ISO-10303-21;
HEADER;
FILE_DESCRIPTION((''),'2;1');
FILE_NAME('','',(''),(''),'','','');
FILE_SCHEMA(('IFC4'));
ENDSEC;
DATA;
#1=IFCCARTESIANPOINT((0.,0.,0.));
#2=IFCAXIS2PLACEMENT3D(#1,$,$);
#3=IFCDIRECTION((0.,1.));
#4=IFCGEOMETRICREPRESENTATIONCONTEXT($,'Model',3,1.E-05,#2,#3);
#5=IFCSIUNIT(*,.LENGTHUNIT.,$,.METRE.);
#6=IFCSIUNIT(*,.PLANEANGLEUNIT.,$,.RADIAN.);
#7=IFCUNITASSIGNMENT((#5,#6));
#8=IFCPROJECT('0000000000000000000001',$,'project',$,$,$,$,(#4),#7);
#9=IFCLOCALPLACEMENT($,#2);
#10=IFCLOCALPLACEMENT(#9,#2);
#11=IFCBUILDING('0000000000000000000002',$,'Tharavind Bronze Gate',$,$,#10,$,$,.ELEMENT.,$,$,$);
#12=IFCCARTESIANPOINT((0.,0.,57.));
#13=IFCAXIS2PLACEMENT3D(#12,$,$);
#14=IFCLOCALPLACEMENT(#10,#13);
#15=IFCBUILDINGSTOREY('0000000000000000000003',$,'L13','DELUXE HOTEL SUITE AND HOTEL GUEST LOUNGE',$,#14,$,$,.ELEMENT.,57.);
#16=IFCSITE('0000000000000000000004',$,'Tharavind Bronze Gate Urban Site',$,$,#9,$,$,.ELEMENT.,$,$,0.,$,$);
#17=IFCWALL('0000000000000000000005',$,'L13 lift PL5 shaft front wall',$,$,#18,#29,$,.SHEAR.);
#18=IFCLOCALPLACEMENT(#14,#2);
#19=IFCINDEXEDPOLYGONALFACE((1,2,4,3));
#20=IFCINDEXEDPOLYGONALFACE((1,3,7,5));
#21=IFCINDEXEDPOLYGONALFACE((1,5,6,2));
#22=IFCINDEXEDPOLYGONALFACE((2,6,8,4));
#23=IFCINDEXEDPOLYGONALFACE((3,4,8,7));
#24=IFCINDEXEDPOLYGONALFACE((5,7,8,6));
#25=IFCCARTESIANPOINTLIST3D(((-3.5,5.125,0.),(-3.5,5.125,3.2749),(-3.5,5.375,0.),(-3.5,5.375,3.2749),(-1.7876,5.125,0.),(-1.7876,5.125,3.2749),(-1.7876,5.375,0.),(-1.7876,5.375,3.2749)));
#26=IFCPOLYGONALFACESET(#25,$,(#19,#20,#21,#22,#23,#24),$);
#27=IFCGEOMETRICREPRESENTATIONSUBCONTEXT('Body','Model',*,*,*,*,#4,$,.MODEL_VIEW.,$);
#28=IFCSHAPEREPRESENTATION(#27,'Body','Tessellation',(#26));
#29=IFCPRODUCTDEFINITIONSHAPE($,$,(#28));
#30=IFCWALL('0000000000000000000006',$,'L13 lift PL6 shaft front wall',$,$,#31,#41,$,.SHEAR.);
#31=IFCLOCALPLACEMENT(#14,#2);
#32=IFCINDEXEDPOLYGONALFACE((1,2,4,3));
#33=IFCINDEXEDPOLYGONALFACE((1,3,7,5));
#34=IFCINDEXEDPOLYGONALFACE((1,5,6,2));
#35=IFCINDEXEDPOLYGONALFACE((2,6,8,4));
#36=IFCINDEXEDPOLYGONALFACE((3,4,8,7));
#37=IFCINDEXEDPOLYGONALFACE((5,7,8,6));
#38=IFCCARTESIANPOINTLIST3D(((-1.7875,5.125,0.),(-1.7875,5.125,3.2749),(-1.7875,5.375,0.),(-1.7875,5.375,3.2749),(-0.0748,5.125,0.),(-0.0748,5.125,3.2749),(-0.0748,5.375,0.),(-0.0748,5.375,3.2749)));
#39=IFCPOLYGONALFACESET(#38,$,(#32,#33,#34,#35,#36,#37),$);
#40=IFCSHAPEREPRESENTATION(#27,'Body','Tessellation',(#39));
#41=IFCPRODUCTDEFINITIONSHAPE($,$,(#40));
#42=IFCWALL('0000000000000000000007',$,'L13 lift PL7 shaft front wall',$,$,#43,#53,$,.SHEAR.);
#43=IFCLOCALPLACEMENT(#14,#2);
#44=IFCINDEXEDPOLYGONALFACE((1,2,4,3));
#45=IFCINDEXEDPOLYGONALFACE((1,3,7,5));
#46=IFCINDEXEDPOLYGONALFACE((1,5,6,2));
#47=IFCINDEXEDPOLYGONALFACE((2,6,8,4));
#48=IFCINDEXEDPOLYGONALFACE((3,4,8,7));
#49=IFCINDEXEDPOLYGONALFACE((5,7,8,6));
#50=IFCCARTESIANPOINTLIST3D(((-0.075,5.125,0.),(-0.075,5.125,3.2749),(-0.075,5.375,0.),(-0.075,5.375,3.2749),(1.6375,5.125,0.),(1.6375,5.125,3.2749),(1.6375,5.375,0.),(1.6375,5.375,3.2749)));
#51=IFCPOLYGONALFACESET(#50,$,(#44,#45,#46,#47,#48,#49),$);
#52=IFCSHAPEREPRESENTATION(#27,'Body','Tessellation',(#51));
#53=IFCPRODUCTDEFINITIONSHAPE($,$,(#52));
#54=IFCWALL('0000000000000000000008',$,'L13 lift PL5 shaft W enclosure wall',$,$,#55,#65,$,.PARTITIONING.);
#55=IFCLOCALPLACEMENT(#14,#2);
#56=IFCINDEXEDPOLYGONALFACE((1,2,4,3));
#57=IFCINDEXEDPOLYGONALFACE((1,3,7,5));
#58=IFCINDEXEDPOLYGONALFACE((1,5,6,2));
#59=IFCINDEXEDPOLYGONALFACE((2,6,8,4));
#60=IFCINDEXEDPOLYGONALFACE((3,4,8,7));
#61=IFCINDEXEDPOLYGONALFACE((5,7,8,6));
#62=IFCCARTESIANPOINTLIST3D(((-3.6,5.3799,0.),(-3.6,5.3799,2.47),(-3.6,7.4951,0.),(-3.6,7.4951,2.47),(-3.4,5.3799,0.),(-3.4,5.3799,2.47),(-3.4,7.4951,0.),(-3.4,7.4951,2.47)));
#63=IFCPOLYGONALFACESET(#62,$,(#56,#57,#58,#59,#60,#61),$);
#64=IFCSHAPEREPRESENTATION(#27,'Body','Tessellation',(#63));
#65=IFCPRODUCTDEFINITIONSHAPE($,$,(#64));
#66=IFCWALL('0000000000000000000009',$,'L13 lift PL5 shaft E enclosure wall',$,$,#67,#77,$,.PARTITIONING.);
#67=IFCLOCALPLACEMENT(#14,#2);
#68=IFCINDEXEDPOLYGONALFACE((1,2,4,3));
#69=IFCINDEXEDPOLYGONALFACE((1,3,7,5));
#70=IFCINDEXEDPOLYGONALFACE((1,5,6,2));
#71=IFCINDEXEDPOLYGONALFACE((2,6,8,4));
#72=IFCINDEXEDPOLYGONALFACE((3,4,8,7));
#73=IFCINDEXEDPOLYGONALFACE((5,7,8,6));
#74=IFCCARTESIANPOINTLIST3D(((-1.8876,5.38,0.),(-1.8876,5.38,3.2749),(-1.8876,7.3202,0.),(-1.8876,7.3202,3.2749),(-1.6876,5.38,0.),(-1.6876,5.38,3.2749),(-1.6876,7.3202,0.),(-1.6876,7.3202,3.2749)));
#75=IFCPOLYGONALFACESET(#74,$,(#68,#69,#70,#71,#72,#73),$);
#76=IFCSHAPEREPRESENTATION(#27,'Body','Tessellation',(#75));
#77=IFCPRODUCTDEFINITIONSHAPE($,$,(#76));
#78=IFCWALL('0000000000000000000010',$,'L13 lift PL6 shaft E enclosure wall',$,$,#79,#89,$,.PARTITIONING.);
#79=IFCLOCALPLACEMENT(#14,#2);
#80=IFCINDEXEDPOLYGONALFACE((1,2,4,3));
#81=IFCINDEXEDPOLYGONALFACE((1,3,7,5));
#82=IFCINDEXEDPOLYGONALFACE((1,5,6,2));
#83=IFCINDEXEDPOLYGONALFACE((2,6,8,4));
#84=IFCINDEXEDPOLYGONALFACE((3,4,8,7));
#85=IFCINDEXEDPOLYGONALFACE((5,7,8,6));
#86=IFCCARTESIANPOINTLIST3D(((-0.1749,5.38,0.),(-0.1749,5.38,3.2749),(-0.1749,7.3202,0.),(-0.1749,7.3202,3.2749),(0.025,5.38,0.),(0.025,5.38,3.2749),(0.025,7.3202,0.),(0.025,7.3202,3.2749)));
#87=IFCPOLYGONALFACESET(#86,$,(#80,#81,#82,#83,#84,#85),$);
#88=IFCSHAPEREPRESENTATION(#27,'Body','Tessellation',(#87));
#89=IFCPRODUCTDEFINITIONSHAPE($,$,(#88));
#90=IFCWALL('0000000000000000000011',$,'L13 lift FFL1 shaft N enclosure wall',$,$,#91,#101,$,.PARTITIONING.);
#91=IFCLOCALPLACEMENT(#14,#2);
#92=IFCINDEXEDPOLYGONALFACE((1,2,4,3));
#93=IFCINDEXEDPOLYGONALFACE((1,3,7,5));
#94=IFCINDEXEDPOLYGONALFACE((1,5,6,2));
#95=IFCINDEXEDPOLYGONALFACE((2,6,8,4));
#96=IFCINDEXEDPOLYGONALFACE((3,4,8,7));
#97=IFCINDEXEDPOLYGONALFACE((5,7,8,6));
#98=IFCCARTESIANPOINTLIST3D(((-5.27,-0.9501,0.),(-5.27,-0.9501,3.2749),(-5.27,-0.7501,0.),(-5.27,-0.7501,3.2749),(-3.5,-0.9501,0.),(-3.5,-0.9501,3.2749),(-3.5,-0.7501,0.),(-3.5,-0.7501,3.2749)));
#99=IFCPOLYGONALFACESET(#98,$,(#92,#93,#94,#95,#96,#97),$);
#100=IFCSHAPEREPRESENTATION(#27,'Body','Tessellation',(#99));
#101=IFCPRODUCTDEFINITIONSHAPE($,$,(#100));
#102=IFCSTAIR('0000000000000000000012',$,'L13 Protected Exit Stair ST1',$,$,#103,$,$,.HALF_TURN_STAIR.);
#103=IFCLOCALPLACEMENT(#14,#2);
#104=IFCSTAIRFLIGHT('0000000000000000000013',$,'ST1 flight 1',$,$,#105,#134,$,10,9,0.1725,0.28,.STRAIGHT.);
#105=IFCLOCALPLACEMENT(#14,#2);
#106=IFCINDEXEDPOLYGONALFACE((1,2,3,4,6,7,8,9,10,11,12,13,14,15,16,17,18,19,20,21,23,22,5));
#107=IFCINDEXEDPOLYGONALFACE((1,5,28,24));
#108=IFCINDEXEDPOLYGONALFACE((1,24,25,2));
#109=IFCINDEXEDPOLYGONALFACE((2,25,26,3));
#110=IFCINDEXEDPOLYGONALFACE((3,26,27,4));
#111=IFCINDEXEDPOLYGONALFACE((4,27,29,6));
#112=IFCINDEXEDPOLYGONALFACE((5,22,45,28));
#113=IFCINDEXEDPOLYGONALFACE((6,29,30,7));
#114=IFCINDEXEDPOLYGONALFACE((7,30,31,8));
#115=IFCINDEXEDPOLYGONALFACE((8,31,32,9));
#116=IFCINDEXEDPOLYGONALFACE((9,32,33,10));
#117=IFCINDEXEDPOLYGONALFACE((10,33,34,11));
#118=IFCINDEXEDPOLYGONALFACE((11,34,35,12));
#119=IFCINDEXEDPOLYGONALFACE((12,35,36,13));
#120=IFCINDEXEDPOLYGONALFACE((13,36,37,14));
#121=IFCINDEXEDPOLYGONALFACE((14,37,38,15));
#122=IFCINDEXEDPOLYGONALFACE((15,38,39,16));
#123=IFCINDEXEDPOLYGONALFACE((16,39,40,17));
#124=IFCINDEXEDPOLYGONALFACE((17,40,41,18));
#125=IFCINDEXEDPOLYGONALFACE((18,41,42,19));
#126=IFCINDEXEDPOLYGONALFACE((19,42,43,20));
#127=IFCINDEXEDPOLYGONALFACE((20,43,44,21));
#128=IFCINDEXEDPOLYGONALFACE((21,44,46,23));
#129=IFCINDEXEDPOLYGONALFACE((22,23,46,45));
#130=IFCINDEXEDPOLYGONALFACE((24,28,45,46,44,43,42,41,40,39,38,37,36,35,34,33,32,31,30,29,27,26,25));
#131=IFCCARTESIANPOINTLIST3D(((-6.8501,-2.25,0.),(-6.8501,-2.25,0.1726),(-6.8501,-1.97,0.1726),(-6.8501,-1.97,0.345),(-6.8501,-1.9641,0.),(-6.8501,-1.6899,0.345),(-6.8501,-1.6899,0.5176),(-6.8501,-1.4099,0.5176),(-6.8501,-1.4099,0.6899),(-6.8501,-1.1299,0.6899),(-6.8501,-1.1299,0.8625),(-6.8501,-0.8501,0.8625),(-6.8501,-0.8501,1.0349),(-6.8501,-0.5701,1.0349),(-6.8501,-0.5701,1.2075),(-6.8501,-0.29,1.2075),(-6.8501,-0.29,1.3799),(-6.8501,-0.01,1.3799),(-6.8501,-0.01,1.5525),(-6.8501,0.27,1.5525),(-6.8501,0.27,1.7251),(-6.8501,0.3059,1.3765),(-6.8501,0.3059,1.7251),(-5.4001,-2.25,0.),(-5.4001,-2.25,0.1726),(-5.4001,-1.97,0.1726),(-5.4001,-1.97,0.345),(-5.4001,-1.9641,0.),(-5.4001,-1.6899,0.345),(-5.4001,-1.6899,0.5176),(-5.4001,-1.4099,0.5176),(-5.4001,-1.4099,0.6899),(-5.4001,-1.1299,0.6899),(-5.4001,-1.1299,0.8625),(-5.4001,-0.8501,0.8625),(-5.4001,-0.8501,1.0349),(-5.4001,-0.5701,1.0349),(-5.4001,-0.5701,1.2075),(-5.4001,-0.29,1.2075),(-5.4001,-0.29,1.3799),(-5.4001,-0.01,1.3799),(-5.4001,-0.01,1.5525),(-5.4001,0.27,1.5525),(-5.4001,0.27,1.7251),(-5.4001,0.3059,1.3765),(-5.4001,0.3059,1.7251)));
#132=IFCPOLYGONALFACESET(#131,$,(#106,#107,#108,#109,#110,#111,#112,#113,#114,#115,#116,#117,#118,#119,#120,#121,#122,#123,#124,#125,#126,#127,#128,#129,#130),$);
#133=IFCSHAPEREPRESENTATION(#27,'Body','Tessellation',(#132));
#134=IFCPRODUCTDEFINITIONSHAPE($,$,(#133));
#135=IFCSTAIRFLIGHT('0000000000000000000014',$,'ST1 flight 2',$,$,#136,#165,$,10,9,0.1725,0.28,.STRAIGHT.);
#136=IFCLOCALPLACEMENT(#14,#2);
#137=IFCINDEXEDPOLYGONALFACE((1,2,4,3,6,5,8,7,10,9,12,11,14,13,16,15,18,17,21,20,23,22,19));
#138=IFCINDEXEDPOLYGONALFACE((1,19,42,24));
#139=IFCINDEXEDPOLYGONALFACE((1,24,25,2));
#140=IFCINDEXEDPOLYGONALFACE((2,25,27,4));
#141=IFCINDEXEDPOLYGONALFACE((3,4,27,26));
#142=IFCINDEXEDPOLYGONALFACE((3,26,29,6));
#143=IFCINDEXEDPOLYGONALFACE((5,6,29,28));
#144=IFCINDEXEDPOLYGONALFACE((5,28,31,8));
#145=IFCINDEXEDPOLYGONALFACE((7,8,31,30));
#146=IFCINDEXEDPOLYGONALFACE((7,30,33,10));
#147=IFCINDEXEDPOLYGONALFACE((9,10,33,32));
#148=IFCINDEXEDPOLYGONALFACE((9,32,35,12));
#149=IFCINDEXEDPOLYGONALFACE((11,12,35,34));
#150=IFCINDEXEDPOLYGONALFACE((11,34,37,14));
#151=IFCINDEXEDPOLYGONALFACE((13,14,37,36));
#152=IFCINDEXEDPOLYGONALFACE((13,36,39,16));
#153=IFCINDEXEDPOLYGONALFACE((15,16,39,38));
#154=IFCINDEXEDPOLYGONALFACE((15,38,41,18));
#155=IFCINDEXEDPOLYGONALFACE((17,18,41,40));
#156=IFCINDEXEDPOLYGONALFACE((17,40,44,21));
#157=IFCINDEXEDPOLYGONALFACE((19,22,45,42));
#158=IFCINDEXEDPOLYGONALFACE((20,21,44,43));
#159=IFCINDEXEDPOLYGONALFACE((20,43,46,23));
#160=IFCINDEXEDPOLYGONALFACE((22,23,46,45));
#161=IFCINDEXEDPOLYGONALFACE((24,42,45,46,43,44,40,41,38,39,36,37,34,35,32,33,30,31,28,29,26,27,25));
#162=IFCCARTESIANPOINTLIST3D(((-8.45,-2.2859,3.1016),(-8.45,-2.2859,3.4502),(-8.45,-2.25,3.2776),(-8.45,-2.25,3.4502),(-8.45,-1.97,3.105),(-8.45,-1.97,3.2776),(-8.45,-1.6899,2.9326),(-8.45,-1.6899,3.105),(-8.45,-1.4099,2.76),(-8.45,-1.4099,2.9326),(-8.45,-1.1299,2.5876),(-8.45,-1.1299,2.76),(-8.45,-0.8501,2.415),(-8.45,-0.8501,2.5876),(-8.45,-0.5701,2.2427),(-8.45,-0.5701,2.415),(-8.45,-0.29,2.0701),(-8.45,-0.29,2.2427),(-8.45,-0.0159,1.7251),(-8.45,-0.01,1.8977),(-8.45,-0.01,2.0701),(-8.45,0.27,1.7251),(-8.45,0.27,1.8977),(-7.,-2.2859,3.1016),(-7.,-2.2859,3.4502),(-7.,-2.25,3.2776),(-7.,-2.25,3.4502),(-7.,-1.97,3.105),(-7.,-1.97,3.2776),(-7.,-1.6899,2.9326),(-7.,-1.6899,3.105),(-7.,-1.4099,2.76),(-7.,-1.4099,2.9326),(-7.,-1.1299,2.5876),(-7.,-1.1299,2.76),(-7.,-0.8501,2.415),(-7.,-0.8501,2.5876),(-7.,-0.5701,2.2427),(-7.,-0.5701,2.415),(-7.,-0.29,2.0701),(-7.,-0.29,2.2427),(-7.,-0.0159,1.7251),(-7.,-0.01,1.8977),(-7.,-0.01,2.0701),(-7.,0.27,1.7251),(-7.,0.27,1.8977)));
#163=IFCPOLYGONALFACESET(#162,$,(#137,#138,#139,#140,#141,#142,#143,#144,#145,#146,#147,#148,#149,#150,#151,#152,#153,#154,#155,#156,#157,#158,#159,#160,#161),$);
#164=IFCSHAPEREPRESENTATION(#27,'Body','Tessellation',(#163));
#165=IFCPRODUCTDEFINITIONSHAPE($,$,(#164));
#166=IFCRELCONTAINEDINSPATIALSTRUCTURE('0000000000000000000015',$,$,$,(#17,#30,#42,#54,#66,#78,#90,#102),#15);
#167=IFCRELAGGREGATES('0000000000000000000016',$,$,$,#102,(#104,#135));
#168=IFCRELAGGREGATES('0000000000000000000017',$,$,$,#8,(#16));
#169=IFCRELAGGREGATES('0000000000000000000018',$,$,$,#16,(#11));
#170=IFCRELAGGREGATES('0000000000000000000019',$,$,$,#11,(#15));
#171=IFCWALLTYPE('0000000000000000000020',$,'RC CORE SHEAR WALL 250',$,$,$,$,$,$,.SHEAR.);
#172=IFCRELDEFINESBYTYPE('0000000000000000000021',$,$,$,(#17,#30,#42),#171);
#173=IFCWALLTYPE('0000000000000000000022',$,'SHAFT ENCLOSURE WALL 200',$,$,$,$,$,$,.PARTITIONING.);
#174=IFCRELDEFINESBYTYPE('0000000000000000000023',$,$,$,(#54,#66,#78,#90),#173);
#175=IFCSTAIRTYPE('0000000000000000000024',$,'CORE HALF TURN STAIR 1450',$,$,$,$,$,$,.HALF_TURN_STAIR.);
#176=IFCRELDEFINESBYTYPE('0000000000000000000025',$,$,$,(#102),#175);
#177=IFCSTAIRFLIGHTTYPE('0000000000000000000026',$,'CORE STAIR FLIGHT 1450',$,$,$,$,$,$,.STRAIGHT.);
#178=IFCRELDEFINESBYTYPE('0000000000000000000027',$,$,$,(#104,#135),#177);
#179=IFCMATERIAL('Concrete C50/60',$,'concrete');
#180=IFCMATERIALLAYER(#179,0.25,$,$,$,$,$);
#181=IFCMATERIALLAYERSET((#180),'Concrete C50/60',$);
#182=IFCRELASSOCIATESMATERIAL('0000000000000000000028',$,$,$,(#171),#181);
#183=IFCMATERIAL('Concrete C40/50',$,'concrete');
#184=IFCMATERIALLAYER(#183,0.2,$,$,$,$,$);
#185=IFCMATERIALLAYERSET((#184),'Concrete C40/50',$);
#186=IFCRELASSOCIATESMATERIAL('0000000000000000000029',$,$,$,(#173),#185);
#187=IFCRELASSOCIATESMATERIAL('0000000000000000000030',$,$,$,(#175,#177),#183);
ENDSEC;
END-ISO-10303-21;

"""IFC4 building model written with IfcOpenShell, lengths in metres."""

from ifc_helpers import new_model, si_unit, direction, frame, frame_2d, origin, place, context, subcontext, project, spatial, polyline, rectangle, outline, extrude, material, layer, layer_set, type_object, element, aggregate, save


model = new_model("IFC4")

# Units and contexts
model_context = context("Model", 3, precision=1e-05, world=origin(), true_north=direction((0.0, 1.0)))
body_context = subcontext(model_context, "Body", "Model", "MODEL_VIEW")
ifc_project = project(units=[si_unit("LENGTHUNIT", "METRE"), si_unit("PLANEANGLEUNIT", "RADIAN")], contexts=[model_context])

# Site, building, storey
site_placement = place(None, origin())
site = spatial("IfcSite", under=ifc_project, at=site_placement, Name="Tharavind Bronze Gate Urban Site", CompositionType="ELEMENT", RefElevation=0.0)
building_placement = place(site_placement, origin())
building = spatial("IfcBuilding", under=site, at=building_placement, Name="Tharavind Bronze Gate", CompositionType="ELEMENT")
storey_placement = place(building_placement, frame((0.0, 0.0, 57.0)))
storey = spatial("IfcBuildingStorey", under=building, at=storey_placement, Name="L13", Description="DELUXE HOTEL SUITE AND HOTEL GUEST LOUNGE", CompositionType="ELEMENT", Elevation=57.0)

# Walls
ifc_material_1 = material(Name="Concrete C50/60", Category="concrete")
ifc_layer_1 = layer(ifc_material_1, 0.25)
ifc_layer_set_1 = layer_set([ifc_layer_1], Name="Concrete C50/60")
wall_type_1 = type_object("IfcWallType", Name="RC CORE SHEAR WALL 250", PredefinedType="SHEAR", material=ifc_layer_set_1)
wall_1_placement = place(storey_placement, frame((-3.5, 5.25, 0.0), z_axis=(0.0, 0.0, 1.0), x_axis=(1.0, 0.0, 0.0)))
element("IfcWall", 1, at=wall_1_placement, inside=storey, type_object=wall_type_1, Name="L13 lift PL5 shaft front wall", PredefinedType="SHEAR", context=body_context, shape_type="SweptSolid", body=[
    extrude(rectangle(XDim=1.7124, YDim=0.25, at=frame_2d((0.8562, 0.0))), origin(), (0.0, 0.0, 1.0), 3.2749),
])
wall_2_placement = place(storey_placement, frame((-1.7876, 5.25, 0.0), z_axis=(0.0, 0.0, 1.0), x_axis=(1.0, 0.0, 0.0)))
element("IfcWall", 2, at=wall_2_placement, inside=storey, type_object=wall_type_1, Name="L13 lift PL6 shaft front wall", PredefinedType="SHEAR", context=body_context, shape_type="SweptSolid", body=[
    extrude(rectangle(XDim=1.7126, YDim=0.25, at=frame_2d((0.8564, 0.0))), origin(), (0.0, 0.0, 1.0), 3.2749),
])
wall_3_placement = place(storey_placement, frame((-0.075, 5.25, 0.0), z_axis=(0.0, 0.0, 1.0), x_axis=(1.0, 0.0, 0.0)))
element("IfcWall", 3, at=wall_3_placement, inside=storey, type_object=wall_type_1, Name="L13 lift PL7 shaft front wall", PredefinedType="SHEAR", context=body_context, shape_type="SweptSolid", body=[
    extrude(rectangle(XDim=1.7124, YDim=0.25, at=frame_2d((0.8562, 0.0))), origin(), (0.0, 0.0, 1.0), 3.2749),
])
ifc_material_2 = material(Name="Concrete C40/50", Category="concrete")
ifc_layer_2 = layer(ifc_material_2, 0.2)
ifc_layer_set_2 = layer_set([ifc_layer_2], Name="Concrete C40/50")
wall_type_2 = type_object("IfcWallType", Name="SHAFT ENCLOSURE WALL 200", PredefinedType="PARTITIONING", material=ifc_layer_set_2)
wall_4_placement = place(storey_placement, frame((-3.5, 5.3799, 0.0), z_axis=(0.0, 0.0, 1.0), x_axis=(0.0, 1.0, 0.0)))
element("IfcWall", 4, at=wall_4_placement, inside=storey, type_object=wall_type_2, Name="L13 lift PL5 shaft W enclosure wall", PredefinedType="PARTITIONING", context=body_context, shape_type="SweptSolid", body=[
    extrude(rectangle(XDim=2.1152, YDim=0.2, at=frame_2d((1.0576, 0.0))), origin(), (0.0, 0.0, 1.0), 2.47),
])
for number, where, z_axis, x_axis, name in (
    (5, (-1.7876, 5.3799, 0.0), (0.0, 0.0, 1.0), (0.0, 1.0, 0.0), "L13 lift PL5 shaft E enclosure wall"),
    (6, (-0.075, 5.3799, 0.0), (0.0, 0.0, 1.0), (0.0, 1.0, 0.0), "L13 lift PL6 shaft E enclosure wall"),
):
    element("IfcWall", number, at=place(storey_placement, frame(where, z_axis=z_axis, x_axis=x_axis)), inside=storey, type_object=wall_type_2, Name=name, PredefinedType="PARTITIONING", context=body_context, shape_type="SweptSolid", body=[
        extrude(rectangle(XDim=1.9402, YDim=0.2, at=frame_2d((0.9702, 0.0))), origin(), (0.0, 0.0, 1.0), 3.2749),
    ])
wall_5_placement = place(storey_placement, frame((-5.27, -0.8501, 0.0), z_axis=(0.0, 0.0, 1.0), x_axis=(1.0, 0.0, 0.0)))
element("IfcWall", 7, at=wall_5_placement, inside=storey, type_object=wall_type_2, Name="L13 lift FFL1 shaft N enclosure wall", PredefinedType="PARTITIONING", context=body_context, shape_type="SweptSolid", body=[
    extrude(rectangle(XDim=1.77, YDim=0.2, at=frame_2d((0.885, 0.0))), origin(), (0.0, 0.0, 1.0), 3.2749),
])

# Stair, stair flights
stair_type = type_object("IfcStairType", Name="CORE HALF TURN STAIR 1450", PredefinedType="HALF_TURN_STAIR", material=ifc_material_2)
stair_placement = place(storey_placement, origin())
stair = element("IfcStair", 8, at=stair_placement, inside=storey, type_object=stair_type, Name="L13 Protected Exit Stair ST1", PredefinedType="HALF_TURN_STAIR")
stair_flight_type = type_object("IfcStairFlightType", Name="CORE STAIR FLIGHT 1450", PredefinedType="STRAIGHT", material=ifc_material_2)
stair_flight_1_placement = place(storey_placement, frame((-6.125, -2.25, 0.0), z_axis=(0.0, 0.0, 1.0), x_axis=(0.0, 1.0, 0.0)))
stair_flight_1 = element("IfcStairFlight", 9, at=stair_flight_1_placement, type_object=stair_flight_type, Name="ST1 flight 1", NumberOfRisers=10, NumberOfTreads=9, PredefinedType="STRAIGHT", RiserHeight=0.1725, TreadLength=0.28, context=body_context, shape_type="SweptSolid", body=[
    extrude(outline(polyline([(0.0, 0.0), (0.0, 0.1726), (0.28, 0.1726), (0.28, 0.345), (0.5601, 0.345), (0.5601, 0.5176), (0.8401, 0.5176), (0.8401, 0.6899), (1.1201, 0.6899), (1.1201, 0.8625), (1.3999, 0.8625), (1.3999, 1.0349), (1.6799, 1.0349), (1.6799, 1.2075), (1.96, 1.2075), (1.96, 1.3799), (2.24, 1.3799), (2.24, 1.5525), (2.52, 1.5525), (2.52, 1.7251), (2.5559, 1.7251), (2.5559, 1.3765), (0.2859, 0.0), (0.0, 0.0)])), frame((0.0, 0.7251, 0.0), z_axis=(0.0, -1.0, 0.0), x_axis=(1.0, 0.0, 0.0)), (0.0, 0.0, 1.0), 1.45),
])
stair_flight_2_placement = place(storey_placement, frame((-7.7251, 0.27, 1.7251), z_axis=(0.0, 0.0, 1.0), x_axis=(0.0, -1.0, 0.0)))
stair_flight_2 = element("IfcStairFlight", 10, at=stair_flight_2_placement, type_object=stair_flight_type, Name="ST1 flight 2", NumberOfRisers=10, NumberOfTreads=9, PredefinedType="STRAIGHT", RiserHeight=0.1725, TreadLength=0.28, context=body_context, shape_type="SweptSolid", body=[
    extrude(outline(polyline([(0.0, 0.0), (0.0, 0.1726), (0.28, 0.1726), (0.28, 0.345), (0.5601, 0.345), (0.5601, 0.5176), (0.8401, 0.5176), (0.8401, 0.6899), (1.1201, 0.6899), (1.1201, 0.8625), (1.3999, 0.8625), (1.3999, 1.0349), (1.6799, 1.0349), (1.6799, 1.2075), (1.96, 1.2075), (1.96, 1.3799), (2.24, 1.3799), (2.24, 1.5525), (2.52, 1.5525), (2.52, 1.7251), (2.5559, 1.7251), (2.5559, 1.3765), (0.2859, 0.0), (0.0, 0.0)])), frame((0.0, 0.7251, 0.0), z_axis=(0.0, -1.0, 0.0), x_axis=(1.0, 0.0, 0.0)), (0.0, 0.0, 1.0), 1.45),
])
aggregate(stair, [stair_flight_1, stair_flight_2])

save(model, "model.ifc")
